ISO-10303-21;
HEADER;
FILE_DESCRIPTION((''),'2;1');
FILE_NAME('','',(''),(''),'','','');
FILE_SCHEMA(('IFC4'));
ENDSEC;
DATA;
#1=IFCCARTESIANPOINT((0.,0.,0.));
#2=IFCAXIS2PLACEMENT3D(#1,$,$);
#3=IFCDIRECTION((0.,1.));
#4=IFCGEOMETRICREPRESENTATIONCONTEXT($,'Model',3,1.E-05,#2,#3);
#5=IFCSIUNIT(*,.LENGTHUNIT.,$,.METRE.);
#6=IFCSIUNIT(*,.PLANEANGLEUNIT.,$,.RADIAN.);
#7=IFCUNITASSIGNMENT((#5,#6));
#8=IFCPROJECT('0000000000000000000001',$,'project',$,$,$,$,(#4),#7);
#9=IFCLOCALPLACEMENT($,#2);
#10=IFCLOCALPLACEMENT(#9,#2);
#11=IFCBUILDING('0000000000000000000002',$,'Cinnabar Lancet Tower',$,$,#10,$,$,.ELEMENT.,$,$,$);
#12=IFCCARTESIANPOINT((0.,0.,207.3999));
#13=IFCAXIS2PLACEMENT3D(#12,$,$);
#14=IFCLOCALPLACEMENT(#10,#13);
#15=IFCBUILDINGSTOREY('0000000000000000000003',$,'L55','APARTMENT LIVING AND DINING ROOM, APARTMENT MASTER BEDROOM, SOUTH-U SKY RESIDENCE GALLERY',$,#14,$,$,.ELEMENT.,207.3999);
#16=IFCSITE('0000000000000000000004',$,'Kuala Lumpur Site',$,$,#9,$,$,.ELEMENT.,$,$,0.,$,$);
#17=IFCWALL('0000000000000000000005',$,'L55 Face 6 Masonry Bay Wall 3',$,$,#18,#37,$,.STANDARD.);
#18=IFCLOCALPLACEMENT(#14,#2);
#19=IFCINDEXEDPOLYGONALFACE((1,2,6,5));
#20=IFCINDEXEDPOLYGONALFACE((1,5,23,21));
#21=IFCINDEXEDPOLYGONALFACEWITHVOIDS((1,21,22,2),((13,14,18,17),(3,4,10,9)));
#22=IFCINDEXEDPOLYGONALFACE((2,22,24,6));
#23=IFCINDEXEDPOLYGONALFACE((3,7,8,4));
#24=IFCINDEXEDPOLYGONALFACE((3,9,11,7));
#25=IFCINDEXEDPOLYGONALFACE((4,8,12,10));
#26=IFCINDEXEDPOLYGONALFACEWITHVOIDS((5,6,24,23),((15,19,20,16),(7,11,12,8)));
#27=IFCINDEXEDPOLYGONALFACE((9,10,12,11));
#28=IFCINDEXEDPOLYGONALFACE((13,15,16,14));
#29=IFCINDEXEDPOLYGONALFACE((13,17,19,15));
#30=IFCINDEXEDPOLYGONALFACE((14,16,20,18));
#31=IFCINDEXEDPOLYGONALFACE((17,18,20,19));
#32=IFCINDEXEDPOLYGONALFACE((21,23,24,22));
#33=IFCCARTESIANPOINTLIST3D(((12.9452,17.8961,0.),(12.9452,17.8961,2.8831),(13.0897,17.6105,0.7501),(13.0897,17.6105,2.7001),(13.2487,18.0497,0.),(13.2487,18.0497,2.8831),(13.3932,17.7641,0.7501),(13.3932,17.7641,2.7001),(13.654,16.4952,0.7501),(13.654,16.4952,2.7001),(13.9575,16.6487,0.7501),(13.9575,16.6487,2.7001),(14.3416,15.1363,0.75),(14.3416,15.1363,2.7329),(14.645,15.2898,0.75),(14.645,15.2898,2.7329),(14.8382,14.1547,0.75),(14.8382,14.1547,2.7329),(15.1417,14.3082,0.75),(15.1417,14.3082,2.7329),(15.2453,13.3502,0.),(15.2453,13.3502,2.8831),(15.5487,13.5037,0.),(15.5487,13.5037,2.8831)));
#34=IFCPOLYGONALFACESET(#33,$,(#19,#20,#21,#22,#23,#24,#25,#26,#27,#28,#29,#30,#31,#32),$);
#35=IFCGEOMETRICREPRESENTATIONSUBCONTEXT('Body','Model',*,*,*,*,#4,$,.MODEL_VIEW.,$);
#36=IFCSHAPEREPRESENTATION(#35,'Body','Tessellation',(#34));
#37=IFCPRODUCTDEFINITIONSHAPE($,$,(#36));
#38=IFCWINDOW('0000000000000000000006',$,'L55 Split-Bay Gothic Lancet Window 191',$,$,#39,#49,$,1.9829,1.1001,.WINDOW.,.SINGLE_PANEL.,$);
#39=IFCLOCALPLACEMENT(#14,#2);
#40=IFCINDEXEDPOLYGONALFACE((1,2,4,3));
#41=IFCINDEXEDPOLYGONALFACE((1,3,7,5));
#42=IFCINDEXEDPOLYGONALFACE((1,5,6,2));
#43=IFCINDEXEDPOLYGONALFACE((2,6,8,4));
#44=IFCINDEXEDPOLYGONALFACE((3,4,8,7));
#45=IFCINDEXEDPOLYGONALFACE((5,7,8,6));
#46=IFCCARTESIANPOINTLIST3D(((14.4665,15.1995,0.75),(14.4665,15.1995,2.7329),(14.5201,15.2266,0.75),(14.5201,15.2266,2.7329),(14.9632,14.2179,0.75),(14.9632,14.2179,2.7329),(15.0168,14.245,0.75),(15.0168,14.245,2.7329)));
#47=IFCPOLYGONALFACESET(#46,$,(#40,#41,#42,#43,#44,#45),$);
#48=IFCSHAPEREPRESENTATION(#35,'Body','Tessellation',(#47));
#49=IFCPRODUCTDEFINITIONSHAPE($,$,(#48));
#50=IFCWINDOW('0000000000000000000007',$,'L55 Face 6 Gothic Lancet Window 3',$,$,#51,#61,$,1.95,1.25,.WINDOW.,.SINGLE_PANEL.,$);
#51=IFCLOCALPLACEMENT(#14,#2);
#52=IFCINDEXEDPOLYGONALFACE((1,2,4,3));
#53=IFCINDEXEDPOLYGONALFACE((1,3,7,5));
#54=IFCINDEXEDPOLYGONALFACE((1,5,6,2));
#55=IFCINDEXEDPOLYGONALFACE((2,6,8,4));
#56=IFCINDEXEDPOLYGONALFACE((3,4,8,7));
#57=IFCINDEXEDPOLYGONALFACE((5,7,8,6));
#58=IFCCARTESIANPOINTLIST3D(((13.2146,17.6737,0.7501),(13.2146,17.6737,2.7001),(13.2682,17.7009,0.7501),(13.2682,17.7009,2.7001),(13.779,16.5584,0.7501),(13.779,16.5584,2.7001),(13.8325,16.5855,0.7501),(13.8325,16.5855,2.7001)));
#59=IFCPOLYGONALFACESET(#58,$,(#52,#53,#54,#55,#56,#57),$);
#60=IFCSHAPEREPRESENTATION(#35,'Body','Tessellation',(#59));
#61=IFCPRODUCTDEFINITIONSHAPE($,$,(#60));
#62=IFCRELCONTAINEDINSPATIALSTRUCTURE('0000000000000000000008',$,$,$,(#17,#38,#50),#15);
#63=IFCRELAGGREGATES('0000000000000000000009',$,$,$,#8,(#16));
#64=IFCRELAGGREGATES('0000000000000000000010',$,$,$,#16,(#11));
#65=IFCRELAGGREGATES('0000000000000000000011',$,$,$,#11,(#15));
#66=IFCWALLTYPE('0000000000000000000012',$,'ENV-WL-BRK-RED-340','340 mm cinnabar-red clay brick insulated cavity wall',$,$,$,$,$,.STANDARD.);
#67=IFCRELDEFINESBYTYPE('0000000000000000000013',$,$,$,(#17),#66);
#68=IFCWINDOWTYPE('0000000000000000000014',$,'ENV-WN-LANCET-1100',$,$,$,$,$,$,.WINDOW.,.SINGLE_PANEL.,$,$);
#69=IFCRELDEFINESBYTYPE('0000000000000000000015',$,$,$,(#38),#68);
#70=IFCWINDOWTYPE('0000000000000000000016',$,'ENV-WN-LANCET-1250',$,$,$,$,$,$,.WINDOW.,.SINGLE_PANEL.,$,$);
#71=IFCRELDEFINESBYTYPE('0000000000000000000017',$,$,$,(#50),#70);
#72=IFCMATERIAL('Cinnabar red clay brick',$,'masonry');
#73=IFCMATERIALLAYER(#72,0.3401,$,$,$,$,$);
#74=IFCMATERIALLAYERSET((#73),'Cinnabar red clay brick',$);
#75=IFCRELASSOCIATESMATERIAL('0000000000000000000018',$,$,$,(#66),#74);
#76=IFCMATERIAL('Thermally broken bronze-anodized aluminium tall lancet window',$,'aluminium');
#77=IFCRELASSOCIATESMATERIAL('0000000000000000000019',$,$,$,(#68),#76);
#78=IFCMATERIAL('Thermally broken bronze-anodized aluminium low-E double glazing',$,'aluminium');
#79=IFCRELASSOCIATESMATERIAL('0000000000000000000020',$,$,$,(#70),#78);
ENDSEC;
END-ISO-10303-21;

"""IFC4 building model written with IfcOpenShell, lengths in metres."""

from ifc_helpers import new_model, si_unit, direction, frame, frame_2d, origin, place, context, subcontext, project, spatial, rectangle, extrude, material, layer, layer_set, type_object, element, fill, save


model = new_model("IFC4")

# Units and contexts
model_context = context("Model", 3, precision=1e-05, world=origin(), true_north=direction((0.0, 1.0)))
body_context = subcontext(model_context, "Body", "Model", "MODEL_VIEW")
ifc_project = project(units=[si_unit("LENGTHUNIT", "METRE"), si_unit("PLANEANGLEUNIT", "RADIAN")], contexts=[model_context])

# Site, building, storey
site_placement = place(None, origin())
site = spatial("IfcSite", under=ifc_project, at=site_placement, Name="Kuala Lumpur Site", CompositionType="ELEMENT", RefElevation=0.0)
building_placement = place(site_placement, origin())
building = spatial("IfcBuilding", under=site, at=building_placement, Name="Cinnabar Lancet Tower", CompositionType="ELEMENT")
storey_placement = place(building_placement, frame((0.0, 0.0, 207.3999)))
storey = spatial("IfcBuildingStorey", under=building, at=storey_placement, Name="L55", Description="APARTMENT LIVING AND DINING ROOM, APARTMENT MASTER BEDROOM, SOUTH-U SKY RESIDENCE GALLERY", CompositionType="ELEMENT", Elevation=207.3999)

# Shared definitions
ifc_material_1 = material(Name="Cinnabar red clay brick", Category="masonry")
ifc_layer_1 = layer(ifc_material_1, 0.3401)
ifc_layer_set_1 = layer_set([ifc_layer_1], Name="Cinnabar red clay brick")
wall_type_1 = type_object("IfcWallType", Name="ENV-WL-BRK-RED-340", Description="340 mm cinnabar-red clay brick insulated cavity wall", PredefinedType="STANDARD", material=ifc_layer_set_1)

# Shared definitions
ifc_material_2 = material(Name="Thermally broken bronze-anodized aluminium tall lancet window", Category="aluminium")
window_type_1 = type_object("IfcWindowType", Name="ENV-WN-LANCET-1100", PartitioningType="SINGLE_PANEL", PredefinedType="WINDOW", material=ifc_material_2)

# Wall, openings, windows
wall_1_placement = place(storey_placement, frame((13.0969, 17.9729, 0.0), z_axis=(0.0, 0.0, 1.0), x_axis=(0.451464, -0.892289, 0.0)))
wall_1 = element("IfcWall", 1, at=wall_1_placement, inside=storey, type_object=wall_type_1, Name="L55 Face 6 Masonry Bay Wall 3", PredefinedType="STANDARD", context=body_context, shape_type="SweptSolid", body=[
    extrude(rectangle(XDim=5.0947, YDim=0.3401, at=frame_2d((2.5474, 0.0))), origin(), (0.0, 0.0, 1.0), 2.8831),
])
opening_1_placement = place(wall_1_placement, frame((0.3201, 0.0, 0.75)))
opening_1 = element("IfcOpeningElement", 2, at=opening_1_placement, cuts=wall_1, PredefinedType="OPENING", context=body_context, shape_type="SweptSolid", body=[
    extrude(rectangle(XDim=1.25, YDim=1.95, at=frame_2d((0.625, 0.9751))), frame((0.0, 0.1799, 0.0), z_axis=(0.0, -1.0, 0.0), x_axis=(1.0, 0.0, 0.0)), (0.0, 0.0, 1.0), 0.3601),
])
opening_2_placement = place(wall_1_placement, frame((3.093, 0.0, 0.75)))
opening_2 = element("IfcOpeningElement", 3, at=opening_2_placement, cuts=wall_1, PredefinedType="OPENING", context=body_context, shape_type="SweptSolid", body=[
    extrude(rectangle(XDim=1.1001, YDim=1.9829, at=frame_2d((0.55, 0.9915))), frame((0.0, 0.1799, 0.0), z_axis=(0.0, -1.0, 0.0), x_axis=(1.0, 0.0, 0.0)), (0.0, 0.0, 1.0), 0.3601),
])
window_1_placement = place(opening_2_placement, origin())
window_1 = element("IfcWindow", 4, at=window_1_placement, inside=storey, type_object=window_type_1, Name="L55 Split-Bay Gothic Lancet Window 191", OverallHeight=1.9829, OverallWidth=1.1001, PartitioningType="SINGLE_PANEL", PredefinedType="WINDOW", context=body_context, shape_type="SweptSolid", body=[
    extrude(rectangle(XDim=1.1001, YDim=1.9829, at=frame_2d((0.55, 0.9915))), frame((0.0, 0.03, 0.0), z_axis=(0.0, -1.0, 0.0), x_axis=(1.0, 0.0, 0.0)), (0.0, 0.0, 1.0), 0.0601),
])
fill(opening_2, window_1)
ifc_material_3 = material(Name="Thermally broken bronze-anodized aluminium low-E double glazing", Category="aluminium")
window_type_2 = type_object("IfcWindowType", Name="ENV-WN-LANCET-1250", PartitioningType="SINGLE_PANEL", PredefinedType="WINDOW", material=ifc_material_3)
window_2_placement = place(opening_1_placement, origin())
window_2 = element("IfcWindow", 5, at=window_2_placement, inside=storey, type_object=window_type_2, Name="L55 Face 6 Gothic Lancet Window 3", OverallHeight=1.95, OverallWidth=1.25, PartitioningType="SINGLE_PANEL", PredefinedType="WINDOW", context=body_context, shape_type="SweptSolid", body=[
    extrude(rectangle(XDim=1.25, YDim=1.95, at=frame_2d((0.625, 0.9751))), frame((0.0, 0.03, 0.0), z_axis=(0.0, -1.0, 0.0), x_axis=(1.0, 0.0, 0.0)), (0.0, 0.0, 1.0), 0.0601),
])
fill(opening_1, window_2)

save(model, "model.ifc")
